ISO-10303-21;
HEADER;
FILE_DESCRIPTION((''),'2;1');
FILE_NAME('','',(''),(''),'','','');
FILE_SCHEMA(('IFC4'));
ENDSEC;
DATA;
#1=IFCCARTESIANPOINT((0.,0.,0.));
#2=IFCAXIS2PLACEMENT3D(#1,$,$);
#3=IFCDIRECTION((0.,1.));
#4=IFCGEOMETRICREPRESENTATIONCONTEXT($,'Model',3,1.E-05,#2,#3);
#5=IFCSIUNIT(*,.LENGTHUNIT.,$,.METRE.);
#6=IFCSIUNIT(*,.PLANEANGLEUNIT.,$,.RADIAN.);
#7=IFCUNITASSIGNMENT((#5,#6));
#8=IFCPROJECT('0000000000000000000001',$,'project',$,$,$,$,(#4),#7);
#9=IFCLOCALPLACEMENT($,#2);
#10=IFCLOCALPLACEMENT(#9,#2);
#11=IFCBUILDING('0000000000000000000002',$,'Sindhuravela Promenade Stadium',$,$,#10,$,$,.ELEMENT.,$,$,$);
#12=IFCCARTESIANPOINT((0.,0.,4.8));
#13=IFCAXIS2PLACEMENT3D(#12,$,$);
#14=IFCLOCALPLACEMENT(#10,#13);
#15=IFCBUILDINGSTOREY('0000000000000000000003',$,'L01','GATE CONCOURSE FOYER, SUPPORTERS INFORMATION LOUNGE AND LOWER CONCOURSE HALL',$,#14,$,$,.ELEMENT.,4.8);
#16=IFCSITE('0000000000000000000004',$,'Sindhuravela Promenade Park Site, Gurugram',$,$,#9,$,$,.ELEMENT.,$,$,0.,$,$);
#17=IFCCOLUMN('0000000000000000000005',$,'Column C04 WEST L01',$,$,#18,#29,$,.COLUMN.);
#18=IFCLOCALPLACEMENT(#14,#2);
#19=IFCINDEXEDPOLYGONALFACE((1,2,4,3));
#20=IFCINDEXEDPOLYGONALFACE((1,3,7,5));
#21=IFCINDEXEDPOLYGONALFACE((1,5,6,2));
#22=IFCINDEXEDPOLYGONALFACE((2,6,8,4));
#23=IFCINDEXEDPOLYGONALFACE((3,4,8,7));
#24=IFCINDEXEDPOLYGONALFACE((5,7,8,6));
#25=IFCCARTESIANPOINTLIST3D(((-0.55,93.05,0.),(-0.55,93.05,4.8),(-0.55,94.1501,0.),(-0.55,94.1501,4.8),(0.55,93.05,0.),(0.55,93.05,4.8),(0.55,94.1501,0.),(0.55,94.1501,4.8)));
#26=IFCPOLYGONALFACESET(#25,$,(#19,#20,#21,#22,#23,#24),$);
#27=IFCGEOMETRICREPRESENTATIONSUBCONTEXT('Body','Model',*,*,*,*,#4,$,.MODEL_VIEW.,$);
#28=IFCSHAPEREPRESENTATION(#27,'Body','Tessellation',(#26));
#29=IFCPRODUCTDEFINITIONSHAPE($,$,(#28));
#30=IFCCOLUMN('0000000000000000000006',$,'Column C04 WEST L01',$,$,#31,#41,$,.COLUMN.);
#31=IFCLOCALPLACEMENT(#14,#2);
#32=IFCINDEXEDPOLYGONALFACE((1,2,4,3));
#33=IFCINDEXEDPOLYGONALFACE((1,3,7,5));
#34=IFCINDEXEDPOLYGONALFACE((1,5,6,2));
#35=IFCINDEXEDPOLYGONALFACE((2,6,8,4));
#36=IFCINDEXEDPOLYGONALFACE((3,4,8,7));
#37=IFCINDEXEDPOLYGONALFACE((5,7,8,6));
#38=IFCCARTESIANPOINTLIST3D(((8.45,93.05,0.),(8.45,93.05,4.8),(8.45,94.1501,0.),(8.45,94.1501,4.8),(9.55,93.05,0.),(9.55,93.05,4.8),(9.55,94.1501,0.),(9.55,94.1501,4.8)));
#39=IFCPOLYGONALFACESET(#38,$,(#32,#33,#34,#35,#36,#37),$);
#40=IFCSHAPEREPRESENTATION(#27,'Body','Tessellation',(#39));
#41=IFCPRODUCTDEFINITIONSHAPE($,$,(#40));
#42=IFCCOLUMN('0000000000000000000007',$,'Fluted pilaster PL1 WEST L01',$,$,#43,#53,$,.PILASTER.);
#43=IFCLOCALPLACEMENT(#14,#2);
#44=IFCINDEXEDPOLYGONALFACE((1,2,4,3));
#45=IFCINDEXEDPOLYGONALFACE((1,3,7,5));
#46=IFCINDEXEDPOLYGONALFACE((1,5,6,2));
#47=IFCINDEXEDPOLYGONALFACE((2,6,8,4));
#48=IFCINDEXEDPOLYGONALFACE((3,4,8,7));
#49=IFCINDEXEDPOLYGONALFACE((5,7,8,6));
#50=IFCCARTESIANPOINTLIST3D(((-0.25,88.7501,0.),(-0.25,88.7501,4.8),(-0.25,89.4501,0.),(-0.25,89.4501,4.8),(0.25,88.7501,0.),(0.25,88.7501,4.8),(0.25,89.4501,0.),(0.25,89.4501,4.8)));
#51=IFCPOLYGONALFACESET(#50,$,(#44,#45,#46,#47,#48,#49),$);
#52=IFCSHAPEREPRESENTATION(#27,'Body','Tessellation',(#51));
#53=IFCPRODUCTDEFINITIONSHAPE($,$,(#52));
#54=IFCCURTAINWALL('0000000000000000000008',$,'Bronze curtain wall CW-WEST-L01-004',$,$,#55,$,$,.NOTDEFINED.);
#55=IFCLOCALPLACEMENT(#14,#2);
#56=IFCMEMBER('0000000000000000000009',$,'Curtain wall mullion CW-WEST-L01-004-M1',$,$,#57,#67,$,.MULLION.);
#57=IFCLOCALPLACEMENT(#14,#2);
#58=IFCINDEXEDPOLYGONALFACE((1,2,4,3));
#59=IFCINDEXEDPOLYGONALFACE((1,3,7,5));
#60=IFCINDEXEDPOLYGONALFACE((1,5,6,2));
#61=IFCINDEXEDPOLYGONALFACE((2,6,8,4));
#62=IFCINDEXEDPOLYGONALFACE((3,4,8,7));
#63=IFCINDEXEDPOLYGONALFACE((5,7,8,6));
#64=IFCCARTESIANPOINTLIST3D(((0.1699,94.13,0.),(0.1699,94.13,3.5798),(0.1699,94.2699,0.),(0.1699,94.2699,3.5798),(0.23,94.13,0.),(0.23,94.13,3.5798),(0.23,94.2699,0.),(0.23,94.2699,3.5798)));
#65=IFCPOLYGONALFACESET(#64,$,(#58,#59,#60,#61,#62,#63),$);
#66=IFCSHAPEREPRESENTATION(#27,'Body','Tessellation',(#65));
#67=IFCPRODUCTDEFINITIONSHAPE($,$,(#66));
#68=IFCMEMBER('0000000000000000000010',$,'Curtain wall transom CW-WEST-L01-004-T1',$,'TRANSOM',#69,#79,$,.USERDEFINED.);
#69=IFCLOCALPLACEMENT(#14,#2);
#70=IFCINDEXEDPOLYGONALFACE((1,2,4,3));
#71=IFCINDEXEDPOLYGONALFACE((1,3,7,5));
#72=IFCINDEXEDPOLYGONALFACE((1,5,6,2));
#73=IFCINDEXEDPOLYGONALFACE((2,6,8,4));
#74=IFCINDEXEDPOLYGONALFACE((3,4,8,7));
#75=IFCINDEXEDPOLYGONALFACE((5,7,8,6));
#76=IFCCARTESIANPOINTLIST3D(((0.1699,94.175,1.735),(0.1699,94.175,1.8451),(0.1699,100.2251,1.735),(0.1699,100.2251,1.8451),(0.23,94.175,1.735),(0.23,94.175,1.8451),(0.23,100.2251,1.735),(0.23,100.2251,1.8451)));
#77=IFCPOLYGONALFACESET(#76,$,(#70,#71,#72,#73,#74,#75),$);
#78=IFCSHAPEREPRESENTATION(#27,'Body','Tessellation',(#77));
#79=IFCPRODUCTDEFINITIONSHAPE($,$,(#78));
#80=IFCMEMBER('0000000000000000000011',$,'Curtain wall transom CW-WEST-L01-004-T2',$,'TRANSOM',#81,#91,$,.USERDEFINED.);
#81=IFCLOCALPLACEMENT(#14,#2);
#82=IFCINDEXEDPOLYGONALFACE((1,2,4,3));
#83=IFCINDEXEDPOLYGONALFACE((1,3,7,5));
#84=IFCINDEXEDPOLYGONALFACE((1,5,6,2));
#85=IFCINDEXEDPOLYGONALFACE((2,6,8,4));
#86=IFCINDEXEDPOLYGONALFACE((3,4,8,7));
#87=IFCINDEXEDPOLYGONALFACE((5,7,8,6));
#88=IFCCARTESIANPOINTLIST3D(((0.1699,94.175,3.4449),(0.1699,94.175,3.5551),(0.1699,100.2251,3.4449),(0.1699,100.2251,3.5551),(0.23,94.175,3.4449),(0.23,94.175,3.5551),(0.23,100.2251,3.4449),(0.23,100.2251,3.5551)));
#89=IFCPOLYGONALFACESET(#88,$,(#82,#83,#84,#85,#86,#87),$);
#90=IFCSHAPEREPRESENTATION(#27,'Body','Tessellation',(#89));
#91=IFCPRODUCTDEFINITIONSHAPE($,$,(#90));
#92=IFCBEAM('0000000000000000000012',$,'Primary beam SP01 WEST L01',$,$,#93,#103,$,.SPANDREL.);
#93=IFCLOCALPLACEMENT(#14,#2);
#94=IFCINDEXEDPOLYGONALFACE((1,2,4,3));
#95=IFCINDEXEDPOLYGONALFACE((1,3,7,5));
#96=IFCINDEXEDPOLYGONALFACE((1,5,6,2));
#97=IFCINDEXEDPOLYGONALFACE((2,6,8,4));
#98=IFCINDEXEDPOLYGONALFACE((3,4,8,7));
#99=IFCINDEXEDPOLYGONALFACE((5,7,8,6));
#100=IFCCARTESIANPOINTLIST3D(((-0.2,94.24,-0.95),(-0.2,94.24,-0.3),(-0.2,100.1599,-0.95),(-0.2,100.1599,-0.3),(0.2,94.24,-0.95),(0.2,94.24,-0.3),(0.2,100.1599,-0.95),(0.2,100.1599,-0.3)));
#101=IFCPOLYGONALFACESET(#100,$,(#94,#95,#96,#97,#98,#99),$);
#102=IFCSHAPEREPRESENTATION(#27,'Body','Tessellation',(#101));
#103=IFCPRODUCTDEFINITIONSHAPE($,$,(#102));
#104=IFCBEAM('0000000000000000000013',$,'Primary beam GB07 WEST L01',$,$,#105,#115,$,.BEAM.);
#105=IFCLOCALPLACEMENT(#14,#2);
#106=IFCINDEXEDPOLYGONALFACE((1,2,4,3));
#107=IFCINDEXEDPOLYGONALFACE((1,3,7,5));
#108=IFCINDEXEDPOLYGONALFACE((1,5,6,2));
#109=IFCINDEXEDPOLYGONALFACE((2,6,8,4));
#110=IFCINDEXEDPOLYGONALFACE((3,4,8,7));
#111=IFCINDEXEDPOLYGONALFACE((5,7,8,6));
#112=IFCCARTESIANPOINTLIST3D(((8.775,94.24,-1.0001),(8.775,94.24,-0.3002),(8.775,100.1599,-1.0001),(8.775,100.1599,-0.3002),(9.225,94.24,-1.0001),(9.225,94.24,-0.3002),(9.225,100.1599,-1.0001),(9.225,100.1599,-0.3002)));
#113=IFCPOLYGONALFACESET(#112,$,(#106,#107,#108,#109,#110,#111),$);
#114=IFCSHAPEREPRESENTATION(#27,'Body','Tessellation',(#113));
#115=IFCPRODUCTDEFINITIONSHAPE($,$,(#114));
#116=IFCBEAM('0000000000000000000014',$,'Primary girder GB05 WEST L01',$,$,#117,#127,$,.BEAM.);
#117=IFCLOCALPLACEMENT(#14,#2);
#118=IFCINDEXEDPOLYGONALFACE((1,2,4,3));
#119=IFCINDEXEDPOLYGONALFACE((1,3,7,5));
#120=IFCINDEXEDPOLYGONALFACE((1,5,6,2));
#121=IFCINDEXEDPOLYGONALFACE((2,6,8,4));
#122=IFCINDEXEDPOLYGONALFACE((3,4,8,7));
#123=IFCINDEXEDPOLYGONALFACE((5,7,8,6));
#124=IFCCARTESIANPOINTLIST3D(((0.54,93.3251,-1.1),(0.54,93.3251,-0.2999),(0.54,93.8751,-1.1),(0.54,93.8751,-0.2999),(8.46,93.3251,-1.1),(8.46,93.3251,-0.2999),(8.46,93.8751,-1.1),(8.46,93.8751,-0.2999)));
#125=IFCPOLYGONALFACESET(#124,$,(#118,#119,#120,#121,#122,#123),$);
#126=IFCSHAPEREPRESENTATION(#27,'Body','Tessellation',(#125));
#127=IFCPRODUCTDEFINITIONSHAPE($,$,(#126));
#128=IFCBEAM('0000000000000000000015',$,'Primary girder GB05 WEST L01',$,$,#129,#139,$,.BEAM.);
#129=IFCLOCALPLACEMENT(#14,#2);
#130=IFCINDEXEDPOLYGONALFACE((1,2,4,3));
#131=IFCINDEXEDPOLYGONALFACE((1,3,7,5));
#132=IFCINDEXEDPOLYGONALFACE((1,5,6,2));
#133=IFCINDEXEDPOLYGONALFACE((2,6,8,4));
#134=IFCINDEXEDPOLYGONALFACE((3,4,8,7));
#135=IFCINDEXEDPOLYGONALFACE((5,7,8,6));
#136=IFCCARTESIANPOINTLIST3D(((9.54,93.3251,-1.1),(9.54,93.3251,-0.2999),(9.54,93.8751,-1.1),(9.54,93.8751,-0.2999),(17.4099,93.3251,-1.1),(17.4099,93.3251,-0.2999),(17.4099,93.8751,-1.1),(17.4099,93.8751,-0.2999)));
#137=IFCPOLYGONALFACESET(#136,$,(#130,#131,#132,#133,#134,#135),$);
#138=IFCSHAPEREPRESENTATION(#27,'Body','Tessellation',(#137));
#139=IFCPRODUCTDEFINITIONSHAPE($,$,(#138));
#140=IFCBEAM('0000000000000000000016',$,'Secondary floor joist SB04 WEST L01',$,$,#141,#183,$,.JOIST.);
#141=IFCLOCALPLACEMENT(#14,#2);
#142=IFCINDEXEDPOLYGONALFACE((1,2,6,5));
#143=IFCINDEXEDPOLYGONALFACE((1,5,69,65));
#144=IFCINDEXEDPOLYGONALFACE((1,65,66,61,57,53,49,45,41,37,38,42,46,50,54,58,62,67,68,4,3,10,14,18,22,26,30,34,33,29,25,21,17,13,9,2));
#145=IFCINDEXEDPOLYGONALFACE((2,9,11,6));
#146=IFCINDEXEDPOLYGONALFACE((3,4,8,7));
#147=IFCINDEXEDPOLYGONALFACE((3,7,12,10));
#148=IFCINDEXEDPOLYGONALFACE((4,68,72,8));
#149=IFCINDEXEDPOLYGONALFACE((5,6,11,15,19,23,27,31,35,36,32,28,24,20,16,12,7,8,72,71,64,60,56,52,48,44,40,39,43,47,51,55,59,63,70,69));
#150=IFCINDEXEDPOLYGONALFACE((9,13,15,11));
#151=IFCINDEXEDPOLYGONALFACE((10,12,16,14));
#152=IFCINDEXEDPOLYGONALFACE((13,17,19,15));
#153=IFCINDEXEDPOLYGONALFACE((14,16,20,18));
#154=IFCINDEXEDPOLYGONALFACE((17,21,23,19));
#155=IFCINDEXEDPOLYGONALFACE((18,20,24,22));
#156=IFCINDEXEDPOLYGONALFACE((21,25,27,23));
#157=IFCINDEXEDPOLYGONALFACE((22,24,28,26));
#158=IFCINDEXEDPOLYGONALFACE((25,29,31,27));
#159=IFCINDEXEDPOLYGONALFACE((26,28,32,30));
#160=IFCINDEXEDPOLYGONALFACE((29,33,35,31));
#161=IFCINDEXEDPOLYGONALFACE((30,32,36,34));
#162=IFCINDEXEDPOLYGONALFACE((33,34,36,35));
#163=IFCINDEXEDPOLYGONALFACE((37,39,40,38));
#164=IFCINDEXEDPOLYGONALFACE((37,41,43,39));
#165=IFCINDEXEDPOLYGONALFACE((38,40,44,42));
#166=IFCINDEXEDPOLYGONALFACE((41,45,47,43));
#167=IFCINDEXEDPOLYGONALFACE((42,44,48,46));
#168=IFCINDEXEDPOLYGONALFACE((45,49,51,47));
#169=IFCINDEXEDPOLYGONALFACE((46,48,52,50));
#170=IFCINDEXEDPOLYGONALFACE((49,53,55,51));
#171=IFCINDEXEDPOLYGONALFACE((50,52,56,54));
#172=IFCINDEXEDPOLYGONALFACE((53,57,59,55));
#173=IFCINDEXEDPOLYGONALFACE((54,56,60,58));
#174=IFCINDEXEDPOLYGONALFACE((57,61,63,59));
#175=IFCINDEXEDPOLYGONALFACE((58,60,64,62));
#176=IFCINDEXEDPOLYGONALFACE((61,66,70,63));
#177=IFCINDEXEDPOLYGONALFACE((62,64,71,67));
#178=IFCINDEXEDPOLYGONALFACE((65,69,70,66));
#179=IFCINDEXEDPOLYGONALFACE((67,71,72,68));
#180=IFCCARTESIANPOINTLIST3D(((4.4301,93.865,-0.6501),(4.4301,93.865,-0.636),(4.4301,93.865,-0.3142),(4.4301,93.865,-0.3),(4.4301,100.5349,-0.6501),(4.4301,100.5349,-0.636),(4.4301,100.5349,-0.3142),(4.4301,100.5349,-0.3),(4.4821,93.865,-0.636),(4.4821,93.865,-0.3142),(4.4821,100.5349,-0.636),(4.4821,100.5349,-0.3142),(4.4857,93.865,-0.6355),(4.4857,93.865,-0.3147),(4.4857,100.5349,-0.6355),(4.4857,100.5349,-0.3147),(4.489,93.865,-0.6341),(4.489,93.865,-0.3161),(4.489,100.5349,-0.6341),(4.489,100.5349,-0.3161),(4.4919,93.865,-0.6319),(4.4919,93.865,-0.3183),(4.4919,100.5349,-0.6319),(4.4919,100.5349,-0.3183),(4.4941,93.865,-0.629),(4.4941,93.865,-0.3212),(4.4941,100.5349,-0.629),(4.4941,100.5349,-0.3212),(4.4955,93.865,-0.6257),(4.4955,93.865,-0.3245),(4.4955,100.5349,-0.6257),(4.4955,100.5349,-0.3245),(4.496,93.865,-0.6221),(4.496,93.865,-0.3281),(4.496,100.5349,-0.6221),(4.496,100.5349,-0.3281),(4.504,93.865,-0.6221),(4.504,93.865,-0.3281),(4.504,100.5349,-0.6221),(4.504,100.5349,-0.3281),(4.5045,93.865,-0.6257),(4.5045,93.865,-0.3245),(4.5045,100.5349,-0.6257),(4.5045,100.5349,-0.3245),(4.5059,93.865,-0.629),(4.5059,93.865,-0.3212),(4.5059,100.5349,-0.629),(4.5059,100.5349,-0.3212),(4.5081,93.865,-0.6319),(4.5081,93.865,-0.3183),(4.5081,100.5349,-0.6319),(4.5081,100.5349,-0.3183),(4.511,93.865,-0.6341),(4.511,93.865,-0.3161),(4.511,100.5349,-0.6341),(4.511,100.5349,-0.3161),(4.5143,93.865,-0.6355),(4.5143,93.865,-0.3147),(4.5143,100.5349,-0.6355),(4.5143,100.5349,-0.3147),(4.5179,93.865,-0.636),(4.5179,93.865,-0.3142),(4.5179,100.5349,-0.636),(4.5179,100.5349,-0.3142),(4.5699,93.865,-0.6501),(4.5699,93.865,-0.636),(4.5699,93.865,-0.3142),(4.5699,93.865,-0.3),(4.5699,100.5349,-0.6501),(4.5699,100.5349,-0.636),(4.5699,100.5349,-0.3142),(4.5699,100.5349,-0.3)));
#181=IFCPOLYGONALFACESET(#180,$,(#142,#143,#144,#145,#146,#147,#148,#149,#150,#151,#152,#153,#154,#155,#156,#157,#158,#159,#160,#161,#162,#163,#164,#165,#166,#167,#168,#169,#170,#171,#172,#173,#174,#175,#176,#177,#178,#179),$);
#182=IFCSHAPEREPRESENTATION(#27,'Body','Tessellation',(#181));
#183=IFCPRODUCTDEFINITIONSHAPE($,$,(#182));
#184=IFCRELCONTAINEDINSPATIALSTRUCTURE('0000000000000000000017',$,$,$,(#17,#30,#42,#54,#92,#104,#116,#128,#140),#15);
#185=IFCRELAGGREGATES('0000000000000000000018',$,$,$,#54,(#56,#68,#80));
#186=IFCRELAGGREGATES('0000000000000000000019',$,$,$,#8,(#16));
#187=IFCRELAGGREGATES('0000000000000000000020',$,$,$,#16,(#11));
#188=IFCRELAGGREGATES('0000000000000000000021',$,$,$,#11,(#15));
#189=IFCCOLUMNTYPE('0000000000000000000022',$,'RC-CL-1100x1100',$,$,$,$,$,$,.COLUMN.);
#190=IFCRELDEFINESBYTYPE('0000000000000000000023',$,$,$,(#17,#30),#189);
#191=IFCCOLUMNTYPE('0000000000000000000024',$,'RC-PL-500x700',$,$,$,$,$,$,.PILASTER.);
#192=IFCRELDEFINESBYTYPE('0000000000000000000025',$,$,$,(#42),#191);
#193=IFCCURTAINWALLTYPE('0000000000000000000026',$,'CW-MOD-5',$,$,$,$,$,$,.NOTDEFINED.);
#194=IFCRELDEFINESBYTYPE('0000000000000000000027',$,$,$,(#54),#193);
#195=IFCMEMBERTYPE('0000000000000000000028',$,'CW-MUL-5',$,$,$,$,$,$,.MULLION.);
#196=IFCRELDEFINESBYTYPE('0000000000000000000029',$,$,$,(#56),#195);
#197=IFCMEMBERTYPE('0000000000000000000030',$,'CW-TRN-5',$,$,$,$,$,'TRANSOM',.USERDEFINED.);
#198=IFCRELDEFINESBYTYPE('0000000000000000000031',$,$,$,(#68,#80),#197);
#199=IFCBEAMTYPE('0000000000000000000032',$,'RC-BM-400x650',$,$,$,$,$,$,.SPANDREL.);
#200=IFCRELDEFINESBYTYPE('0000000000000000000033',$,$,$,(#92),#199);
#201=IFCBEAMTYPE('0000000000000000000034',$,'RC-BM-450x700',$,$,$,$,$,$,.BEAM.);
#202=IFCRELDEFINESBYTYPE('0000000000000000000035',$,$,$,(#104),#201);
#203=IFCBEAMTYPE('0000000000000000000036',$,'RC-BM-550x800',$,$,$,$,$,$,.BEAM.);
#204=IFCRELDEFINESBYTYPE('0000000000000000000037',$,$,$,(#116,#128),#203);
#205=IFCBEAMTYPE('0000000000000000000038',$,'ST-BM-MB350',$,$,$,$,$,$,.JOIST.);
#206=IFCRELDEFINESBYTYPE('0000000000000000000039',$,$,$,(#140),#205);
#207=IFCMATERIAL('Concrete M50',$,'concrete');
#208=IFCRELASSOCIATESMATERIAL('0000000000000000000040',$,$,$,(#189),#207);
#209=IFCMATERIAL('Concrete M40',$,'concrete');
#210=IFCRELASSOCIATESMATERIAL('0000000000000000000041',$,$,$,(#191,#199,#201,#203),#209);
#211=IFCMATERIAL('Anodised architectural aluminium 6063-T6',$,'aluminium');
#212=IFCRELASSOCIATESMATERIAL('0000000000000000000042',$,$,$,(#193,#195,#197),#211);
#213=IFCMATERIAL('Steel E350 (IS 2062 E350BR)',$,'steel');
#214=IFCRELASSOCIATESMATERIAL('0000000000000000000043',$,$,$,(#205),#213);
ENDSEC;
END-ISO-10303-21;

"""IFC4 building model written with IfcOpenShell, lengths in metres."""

from ifc_helpers import new_model, si_unit, direction, frame, origin, origin_2d, place, context, subcontext, project, spatial, rectangle, i_section, extrude, material, material_profile, profile_set, type_object, element, aggregate, save


model = new_model("IFC4")

# Units and contexts
model_context = context("Model", 3, precision=1e-05, world=origin(), true_north=direction((0.0, 1.0)))
body_context = subcontext(model_context, "Body", "Model", "MODEL_VIEW")
ifc_project = project(units=[si_unit("LENGTHUNIT", "METRE"), si_unit("PLANEANGLEUNIT", "RADIAN")], contexts=[model_context])

# Site, building, storey
site_placement = place(None, origin())
site = spatial("IfcSite", under=ifc_project, at=site_placement, Name="Sindhuravela Promenade Park Site, Gurugram", CompositionType="ELEMENT", RefElevation=0.0)
building_placement = place(site_placement, origin())
building = spatial("IfcBuilding", under=site, at=building_placement, Name="Sindhuravela Promenade Stadium", CompositionType="ELEMENT")
storey_placement = place(building_placement, frame((0.0, 0.0, 4.8)))
storey = spatial("IfcBuildingStorey", under=building, at=storey_placement, Name="L01", Description="GATE CONCOURSE FOYER, SUPPORTERS INFORMATION LOUNGE AND LOWER CONCOURSE HALL", CompositionType="ELEMENT", Elevation=4.8)

# Columns
ifc_material_1 = material(Name="Concrete M50", Category="concrete")
ifc_material_profile_1 = material_profile(ifc_material_1, rectangle(XDim=1.1001, YDim=1.1001, at=origin_2d()), Name="RC 1100x1100")
ifc_profile_set_1 = profile_set([ifc_material_profile_1], Name="Concrete M50")
column_type_1 = type_object("IfcColumnType", Name="RC-CL-1100x1100", PredefinedType="COLUMN", material=ifc_profile_set_1)
for number, where, z_axis, x_axis, name in (
    (1, (0.0, 93.6001, 0.0), (0.0, 0.0, 1.0), (1.0, 0.0, 0.0), "Column C04 WEST L01"),
    (2, (9.0, 93.6001, 0.0), (0.0, 0.0, 1.0), (1.0, 0.0, 0.0), "Column C04 WEST L01"),
):
    element("IfcColumn", number, at=place(storey_placement, frame(where, z_axis=z_axis, x_axis=x_axis)), inside=storey, type_object=column_type_1, Name=name, PredefinedType="COLUMN", context=body_context, shape_type="SweptSolid", body=[
        extrude(rectangle(XDim=1.1001, YDim=1.1001, at=origin_2d()), origin(), (0.0, 0.0, 1.0), 4.8),
    ])
ifc_material_2 = material(Name="Concrete M40", Category="concrete")
ifc_material_profile_2 = material_profile(ifc_material_2, rectangle(XDim=0.5, YDim=0.7, at=origin_2d()), Name="PIL 500x700")
ifc_profile_set_2 = profile_set([ifc_material_profile_2], Name="Concrete M40")
column_type_2 = type_object("IfcColumnType", Name="RC-PL-500x700", PredefinedType="PILASTER", material=ifc_profile_set_2)
column_placement = place(storey_placement, frame((0.0, 89.1001, 0.0), z_axis=(0.0, 0.0, 1.0), x_axis=(1.0, 0.0, 0.0)))
element("IfcColumn", 3, at=column_placement, inside=storey, type_object=column_type_2, Name="Fluted pilaster PL1 WEST L01", PredefinedType="PILASTER", context=body_context, shape_type="SweptSolid", body=[
    extrude(rectangle(XDim=0.5, YDim=0.7, at=origin_2d()), origin(), (0.0, 0.0, 1.0), 4.8),
])

# Curtain wall, members
ifc_material_3 = material(Name="Anodised architectural aluminium 6063-T6", Category="aluminium")
curtain_wall_type = type_object("IfcCurtainWallType", Name="CW-MOD-5", PredefinedType="NOTDEFINED", material=ifc_material_3)
curtain_wall_placement = place(storey_placement, origin())
curtain_wall = element("IfcCurtainWall", 4, at=curtain_wall_placement, inside=storey, type_object=curtain_wall_type, Name="Bronze curtain wall CW-WEST-L01-004", PredefinedType="NOTDEFINED")
ifc_material_profile_3 = material_profile(ifc_material_3, rectangle(XDim=0.0601, YDim=0.1399, at=origin_2d()), Name="ALU M60x140")
ifc_profile_set_3 = profile_set([ifc_material_profile_3], Name="Anodised architectural aluminium 6063-T6")
member_type_1 = type_object("IfcMemberType", Name="CW-MUL-5", PredefinedType="MULLION", material=ifc_profile_set_3)
member_1_placement = place(storey_placement, frame((0.2, 94.2, 0.0), z_axis=(0.0, 0.0, 1.0), x_axis=(1.0, 0.0, 0.0)))
member_1 = element("IfcMember", 5, at=member_1_placement, type_object=member_type_1, Name="Curtain wall mullion CW-WEST-L01-004-M1", PredefinedType="MULLION", context=body_context, shape_type="SweptSolid", body=[
    extrude(rectangle(XDim=0.0601, YDim=0.1399, at=origin_2d()), origin(), (0.0, 0.0, 1.0), 3.5798),
])
ifc_material_profile_4 = material_profile(ifc_material_3, rectangle(XDim=0.0601, YDim=0.1101, at=origin_2d()), Name="ALU T60x110")
ifc_profile_set_4 = profile_set([ifc_material_profile_4], Name="Anodised architectural aluminium 6063-T6")
member_type_2 = type_object("IfcMemberType", Name="CW-TRN-5", ElementType="TRANSOM", PredefinedType="USERDEFINED", material=ifc_profile_set_4)
member_2_placement = place(storey_placement, frame((0.2, 94.175, 1.79), z_axis=(0.0, 1.0, 0.0), x_axis=(-1.0, 0.0, 0.0)))
member_2 = element("IfcMember", 6, at=member_2_placement, type_object=member_type_2, Name="Curtain wall transom CW-WEST-L01-004-T1", ObjectType="TRANSOM", PredefinedType="USERDEFINED", context=body_context, shape_type="SweptSolid", body=[
    extrude(rectangle(XDim=0.0601, YDim=0.1101, at=origin_2d()), origin(), (0.0, 0.0, 1.0), 6.05),
])
member_3_placement = place(storey_placement, frame((0.2, 94.175, 3.5), z_axis=(0.0, 1.0, 0.0), x_axis=(-1.0, 0.0, 0.0)))
member_3 = element("IfcMember", 7, at=member_3_placement, type_object=member_type_2, Name="Curtain wall transom CW-WEST-L01-004-T2", ObjectType="TRANSOM", PredefinedType="USERDEFINED", context=body_context, shape_type="SweptSolid", body=[
    extrude(rectangle(XDim=0.0601, YDim=0.1101, at=origin_2d()), origin(), (0.0, 0.0, 1.0), 6.05),
])

# Beams
ifc_material_profile_5 = material_profile(ifc_material_2, rectangle(XDim=0.3999, YDim=0.6499, at=origin_2d()), Name="RC 400x650")
ifc_profile_set_5 = profile_set([ifc_material_profile_5], Name="Concrete M40")
beam_type_1 = type_object("IfcBeamType", Name="RC-BM-400x650", PredefinedType="SPANDREL", material=ifc_profile_set_5)
beam_1_placement = place(storey_placement, frame((0.0, 94.24, -0.625), z_axis=(0.0, 1.0, 0.0), x_axis=(-1.0, 0.0, 0.0)))
element("IfcBeam", 8, at=beam_1_placement, inside=storey, type_object=beam_type_1, Name="Primary beam SP01 WEST L01", PredefinedType="SPANDREL", context=body_context, shape_type="SweptSolid", body=[
    extrude(rectangle(XDim=0.3999, YDim=0.6499, at=origin_2d()), origin(), (0.0, 0.0, 1.0), 5.9199),
])
ifc_material_profile_6 = material_profile(ifc_material_2, rectangle(XDim=0.45, YDim=0.7, at=origin_2d()), Name="RC 450x700")
ifc_profile_set_6 = profile_set([ifc_material_profile_6], Name="Concrete M40")
beam_type_2 = type_object("IfcBeamType", Name="RC-BM-450x700", PredefinedType="BEAM", material=ifc_profile_set_6)
beam_2_placement = place(storey_placement, frame((9.0, 94.24, -0.6501), z_axis=(0.0, 1.0, 0.0), x_axis=(-1.0, 0.0, 0.0)))
element("IfcBeam", 9, at=beam_2_placement, inside=storey, type_object=beam_type_2, Name="Primary beam GB07 WEST L01", PredefinedType="BEAM", context=body_context, shape_type="SweptSolid", body=[
    extrude(rectangle(XDim=0.45, YDim=0.7, at=origin_2d()), origin(), (0.0, 0.0, 1.0), 5.9199),
])
ifc_material_profile_7 = material_profile(ifc_material_2, rectangle(XDim=0.55, YDim=0.8, at=origin_2d()), Name="RC 550x800")
ifc_profile_set_7 = profile_set([ifc_material_profile_7], Name="Concrete M40")
beam_type_3 = type_object("IfcBeamType", Name="RC-BM-550x800", PredefinedType="BEAM", material=ifc_profile_set_7)
beam_3_placement = place(storey_placement, frame((0.54, 93.6001, -0.7), z_axis=(1.0, 0.0, 0.0), x_axis=(0.0, 1.0, 0.0)))
element("IfcBeam", 10, at=beam_3_placement, inside=storey, type_object=beam_type_3, Name="Primary girder GB05 WEST L01", PredefinedType="BEAM", context=body_context, shape_type="SweptSolid", body=[
    extrude(rectangle(XDim=0.55, YDim=0.8, at=origin_2d()), origin(), (0.0, 0.0, 1.0), 7.9199),
])
beam_4_placement = place(storey_placement, frame((9.54, 93.6001, -0.7), z_axis=(1.0, 0.0, 0.0), x_axis=(0.0, 1.0, 0.0)))
element("IfcBeam", 11, at=beam_4_placement, inside=storey, type_object=beam_type_3, Name="Primary girder GB05 WEST L01", PredefinedType="BEAM", context=body_context, shape_type="SweptSolid", body=[
    extrude(rectangle(XDim=0.55, YDim=0.8, at=origin_2d()), origin(), (0.0, 0.0, 1.0), 7.8699),
])
ifc_material_4 = material(Name="Steel E350 (IS 2062 E350BR)", Category="steel")
ifc_material_profile_8 = material_profile(ifc_material_4, i_section(OverallWidth=0.1399, OverallDepth=0.3501, WebThickness=0.0081, FlangeThickness=0.0142, FilletRadius=0.0139, at=origin_2d()), Name="ISMB 350")
ifc_profile_set_8 = profile_set([ifc_material_profile_8], Name="Steel E350 (IS 2062 E350BR)")
beam_type_4 = type_object("IfcBeamType", Name="ST-BM-MB350", PredefinedType="JOIST", material=ifc_profile_set_8)
beam_5_placement = place(storey_placement, frame((4.5, 93.865, -0.4751), z_axis=(0.0, 1.0, 0.0), x_axis=(-1.0, 0.0, 0.0)))
element("IfcBeam", 12, at=beam_5_placement, inside=storey, type_object=beam_type_4, Name="Secondary floor joist SB04 WEST L01", PredefinedType="JOIST", context=body_context, shape_type="SweptSolid", body=[
    extrude(i_section(OverallWidth=0.1399, OverallDepth=0.3501, WebThickness=0.0081, FlangeThickness=0.0142, FilletRadius=0.0139, at=origin_2d()), origin(), (0.0, 0.0, 1.0), 6.6699),
])

aggregate(curtain_wall, [member_1, member_2, member_3])

save(model, "model.ifc")
